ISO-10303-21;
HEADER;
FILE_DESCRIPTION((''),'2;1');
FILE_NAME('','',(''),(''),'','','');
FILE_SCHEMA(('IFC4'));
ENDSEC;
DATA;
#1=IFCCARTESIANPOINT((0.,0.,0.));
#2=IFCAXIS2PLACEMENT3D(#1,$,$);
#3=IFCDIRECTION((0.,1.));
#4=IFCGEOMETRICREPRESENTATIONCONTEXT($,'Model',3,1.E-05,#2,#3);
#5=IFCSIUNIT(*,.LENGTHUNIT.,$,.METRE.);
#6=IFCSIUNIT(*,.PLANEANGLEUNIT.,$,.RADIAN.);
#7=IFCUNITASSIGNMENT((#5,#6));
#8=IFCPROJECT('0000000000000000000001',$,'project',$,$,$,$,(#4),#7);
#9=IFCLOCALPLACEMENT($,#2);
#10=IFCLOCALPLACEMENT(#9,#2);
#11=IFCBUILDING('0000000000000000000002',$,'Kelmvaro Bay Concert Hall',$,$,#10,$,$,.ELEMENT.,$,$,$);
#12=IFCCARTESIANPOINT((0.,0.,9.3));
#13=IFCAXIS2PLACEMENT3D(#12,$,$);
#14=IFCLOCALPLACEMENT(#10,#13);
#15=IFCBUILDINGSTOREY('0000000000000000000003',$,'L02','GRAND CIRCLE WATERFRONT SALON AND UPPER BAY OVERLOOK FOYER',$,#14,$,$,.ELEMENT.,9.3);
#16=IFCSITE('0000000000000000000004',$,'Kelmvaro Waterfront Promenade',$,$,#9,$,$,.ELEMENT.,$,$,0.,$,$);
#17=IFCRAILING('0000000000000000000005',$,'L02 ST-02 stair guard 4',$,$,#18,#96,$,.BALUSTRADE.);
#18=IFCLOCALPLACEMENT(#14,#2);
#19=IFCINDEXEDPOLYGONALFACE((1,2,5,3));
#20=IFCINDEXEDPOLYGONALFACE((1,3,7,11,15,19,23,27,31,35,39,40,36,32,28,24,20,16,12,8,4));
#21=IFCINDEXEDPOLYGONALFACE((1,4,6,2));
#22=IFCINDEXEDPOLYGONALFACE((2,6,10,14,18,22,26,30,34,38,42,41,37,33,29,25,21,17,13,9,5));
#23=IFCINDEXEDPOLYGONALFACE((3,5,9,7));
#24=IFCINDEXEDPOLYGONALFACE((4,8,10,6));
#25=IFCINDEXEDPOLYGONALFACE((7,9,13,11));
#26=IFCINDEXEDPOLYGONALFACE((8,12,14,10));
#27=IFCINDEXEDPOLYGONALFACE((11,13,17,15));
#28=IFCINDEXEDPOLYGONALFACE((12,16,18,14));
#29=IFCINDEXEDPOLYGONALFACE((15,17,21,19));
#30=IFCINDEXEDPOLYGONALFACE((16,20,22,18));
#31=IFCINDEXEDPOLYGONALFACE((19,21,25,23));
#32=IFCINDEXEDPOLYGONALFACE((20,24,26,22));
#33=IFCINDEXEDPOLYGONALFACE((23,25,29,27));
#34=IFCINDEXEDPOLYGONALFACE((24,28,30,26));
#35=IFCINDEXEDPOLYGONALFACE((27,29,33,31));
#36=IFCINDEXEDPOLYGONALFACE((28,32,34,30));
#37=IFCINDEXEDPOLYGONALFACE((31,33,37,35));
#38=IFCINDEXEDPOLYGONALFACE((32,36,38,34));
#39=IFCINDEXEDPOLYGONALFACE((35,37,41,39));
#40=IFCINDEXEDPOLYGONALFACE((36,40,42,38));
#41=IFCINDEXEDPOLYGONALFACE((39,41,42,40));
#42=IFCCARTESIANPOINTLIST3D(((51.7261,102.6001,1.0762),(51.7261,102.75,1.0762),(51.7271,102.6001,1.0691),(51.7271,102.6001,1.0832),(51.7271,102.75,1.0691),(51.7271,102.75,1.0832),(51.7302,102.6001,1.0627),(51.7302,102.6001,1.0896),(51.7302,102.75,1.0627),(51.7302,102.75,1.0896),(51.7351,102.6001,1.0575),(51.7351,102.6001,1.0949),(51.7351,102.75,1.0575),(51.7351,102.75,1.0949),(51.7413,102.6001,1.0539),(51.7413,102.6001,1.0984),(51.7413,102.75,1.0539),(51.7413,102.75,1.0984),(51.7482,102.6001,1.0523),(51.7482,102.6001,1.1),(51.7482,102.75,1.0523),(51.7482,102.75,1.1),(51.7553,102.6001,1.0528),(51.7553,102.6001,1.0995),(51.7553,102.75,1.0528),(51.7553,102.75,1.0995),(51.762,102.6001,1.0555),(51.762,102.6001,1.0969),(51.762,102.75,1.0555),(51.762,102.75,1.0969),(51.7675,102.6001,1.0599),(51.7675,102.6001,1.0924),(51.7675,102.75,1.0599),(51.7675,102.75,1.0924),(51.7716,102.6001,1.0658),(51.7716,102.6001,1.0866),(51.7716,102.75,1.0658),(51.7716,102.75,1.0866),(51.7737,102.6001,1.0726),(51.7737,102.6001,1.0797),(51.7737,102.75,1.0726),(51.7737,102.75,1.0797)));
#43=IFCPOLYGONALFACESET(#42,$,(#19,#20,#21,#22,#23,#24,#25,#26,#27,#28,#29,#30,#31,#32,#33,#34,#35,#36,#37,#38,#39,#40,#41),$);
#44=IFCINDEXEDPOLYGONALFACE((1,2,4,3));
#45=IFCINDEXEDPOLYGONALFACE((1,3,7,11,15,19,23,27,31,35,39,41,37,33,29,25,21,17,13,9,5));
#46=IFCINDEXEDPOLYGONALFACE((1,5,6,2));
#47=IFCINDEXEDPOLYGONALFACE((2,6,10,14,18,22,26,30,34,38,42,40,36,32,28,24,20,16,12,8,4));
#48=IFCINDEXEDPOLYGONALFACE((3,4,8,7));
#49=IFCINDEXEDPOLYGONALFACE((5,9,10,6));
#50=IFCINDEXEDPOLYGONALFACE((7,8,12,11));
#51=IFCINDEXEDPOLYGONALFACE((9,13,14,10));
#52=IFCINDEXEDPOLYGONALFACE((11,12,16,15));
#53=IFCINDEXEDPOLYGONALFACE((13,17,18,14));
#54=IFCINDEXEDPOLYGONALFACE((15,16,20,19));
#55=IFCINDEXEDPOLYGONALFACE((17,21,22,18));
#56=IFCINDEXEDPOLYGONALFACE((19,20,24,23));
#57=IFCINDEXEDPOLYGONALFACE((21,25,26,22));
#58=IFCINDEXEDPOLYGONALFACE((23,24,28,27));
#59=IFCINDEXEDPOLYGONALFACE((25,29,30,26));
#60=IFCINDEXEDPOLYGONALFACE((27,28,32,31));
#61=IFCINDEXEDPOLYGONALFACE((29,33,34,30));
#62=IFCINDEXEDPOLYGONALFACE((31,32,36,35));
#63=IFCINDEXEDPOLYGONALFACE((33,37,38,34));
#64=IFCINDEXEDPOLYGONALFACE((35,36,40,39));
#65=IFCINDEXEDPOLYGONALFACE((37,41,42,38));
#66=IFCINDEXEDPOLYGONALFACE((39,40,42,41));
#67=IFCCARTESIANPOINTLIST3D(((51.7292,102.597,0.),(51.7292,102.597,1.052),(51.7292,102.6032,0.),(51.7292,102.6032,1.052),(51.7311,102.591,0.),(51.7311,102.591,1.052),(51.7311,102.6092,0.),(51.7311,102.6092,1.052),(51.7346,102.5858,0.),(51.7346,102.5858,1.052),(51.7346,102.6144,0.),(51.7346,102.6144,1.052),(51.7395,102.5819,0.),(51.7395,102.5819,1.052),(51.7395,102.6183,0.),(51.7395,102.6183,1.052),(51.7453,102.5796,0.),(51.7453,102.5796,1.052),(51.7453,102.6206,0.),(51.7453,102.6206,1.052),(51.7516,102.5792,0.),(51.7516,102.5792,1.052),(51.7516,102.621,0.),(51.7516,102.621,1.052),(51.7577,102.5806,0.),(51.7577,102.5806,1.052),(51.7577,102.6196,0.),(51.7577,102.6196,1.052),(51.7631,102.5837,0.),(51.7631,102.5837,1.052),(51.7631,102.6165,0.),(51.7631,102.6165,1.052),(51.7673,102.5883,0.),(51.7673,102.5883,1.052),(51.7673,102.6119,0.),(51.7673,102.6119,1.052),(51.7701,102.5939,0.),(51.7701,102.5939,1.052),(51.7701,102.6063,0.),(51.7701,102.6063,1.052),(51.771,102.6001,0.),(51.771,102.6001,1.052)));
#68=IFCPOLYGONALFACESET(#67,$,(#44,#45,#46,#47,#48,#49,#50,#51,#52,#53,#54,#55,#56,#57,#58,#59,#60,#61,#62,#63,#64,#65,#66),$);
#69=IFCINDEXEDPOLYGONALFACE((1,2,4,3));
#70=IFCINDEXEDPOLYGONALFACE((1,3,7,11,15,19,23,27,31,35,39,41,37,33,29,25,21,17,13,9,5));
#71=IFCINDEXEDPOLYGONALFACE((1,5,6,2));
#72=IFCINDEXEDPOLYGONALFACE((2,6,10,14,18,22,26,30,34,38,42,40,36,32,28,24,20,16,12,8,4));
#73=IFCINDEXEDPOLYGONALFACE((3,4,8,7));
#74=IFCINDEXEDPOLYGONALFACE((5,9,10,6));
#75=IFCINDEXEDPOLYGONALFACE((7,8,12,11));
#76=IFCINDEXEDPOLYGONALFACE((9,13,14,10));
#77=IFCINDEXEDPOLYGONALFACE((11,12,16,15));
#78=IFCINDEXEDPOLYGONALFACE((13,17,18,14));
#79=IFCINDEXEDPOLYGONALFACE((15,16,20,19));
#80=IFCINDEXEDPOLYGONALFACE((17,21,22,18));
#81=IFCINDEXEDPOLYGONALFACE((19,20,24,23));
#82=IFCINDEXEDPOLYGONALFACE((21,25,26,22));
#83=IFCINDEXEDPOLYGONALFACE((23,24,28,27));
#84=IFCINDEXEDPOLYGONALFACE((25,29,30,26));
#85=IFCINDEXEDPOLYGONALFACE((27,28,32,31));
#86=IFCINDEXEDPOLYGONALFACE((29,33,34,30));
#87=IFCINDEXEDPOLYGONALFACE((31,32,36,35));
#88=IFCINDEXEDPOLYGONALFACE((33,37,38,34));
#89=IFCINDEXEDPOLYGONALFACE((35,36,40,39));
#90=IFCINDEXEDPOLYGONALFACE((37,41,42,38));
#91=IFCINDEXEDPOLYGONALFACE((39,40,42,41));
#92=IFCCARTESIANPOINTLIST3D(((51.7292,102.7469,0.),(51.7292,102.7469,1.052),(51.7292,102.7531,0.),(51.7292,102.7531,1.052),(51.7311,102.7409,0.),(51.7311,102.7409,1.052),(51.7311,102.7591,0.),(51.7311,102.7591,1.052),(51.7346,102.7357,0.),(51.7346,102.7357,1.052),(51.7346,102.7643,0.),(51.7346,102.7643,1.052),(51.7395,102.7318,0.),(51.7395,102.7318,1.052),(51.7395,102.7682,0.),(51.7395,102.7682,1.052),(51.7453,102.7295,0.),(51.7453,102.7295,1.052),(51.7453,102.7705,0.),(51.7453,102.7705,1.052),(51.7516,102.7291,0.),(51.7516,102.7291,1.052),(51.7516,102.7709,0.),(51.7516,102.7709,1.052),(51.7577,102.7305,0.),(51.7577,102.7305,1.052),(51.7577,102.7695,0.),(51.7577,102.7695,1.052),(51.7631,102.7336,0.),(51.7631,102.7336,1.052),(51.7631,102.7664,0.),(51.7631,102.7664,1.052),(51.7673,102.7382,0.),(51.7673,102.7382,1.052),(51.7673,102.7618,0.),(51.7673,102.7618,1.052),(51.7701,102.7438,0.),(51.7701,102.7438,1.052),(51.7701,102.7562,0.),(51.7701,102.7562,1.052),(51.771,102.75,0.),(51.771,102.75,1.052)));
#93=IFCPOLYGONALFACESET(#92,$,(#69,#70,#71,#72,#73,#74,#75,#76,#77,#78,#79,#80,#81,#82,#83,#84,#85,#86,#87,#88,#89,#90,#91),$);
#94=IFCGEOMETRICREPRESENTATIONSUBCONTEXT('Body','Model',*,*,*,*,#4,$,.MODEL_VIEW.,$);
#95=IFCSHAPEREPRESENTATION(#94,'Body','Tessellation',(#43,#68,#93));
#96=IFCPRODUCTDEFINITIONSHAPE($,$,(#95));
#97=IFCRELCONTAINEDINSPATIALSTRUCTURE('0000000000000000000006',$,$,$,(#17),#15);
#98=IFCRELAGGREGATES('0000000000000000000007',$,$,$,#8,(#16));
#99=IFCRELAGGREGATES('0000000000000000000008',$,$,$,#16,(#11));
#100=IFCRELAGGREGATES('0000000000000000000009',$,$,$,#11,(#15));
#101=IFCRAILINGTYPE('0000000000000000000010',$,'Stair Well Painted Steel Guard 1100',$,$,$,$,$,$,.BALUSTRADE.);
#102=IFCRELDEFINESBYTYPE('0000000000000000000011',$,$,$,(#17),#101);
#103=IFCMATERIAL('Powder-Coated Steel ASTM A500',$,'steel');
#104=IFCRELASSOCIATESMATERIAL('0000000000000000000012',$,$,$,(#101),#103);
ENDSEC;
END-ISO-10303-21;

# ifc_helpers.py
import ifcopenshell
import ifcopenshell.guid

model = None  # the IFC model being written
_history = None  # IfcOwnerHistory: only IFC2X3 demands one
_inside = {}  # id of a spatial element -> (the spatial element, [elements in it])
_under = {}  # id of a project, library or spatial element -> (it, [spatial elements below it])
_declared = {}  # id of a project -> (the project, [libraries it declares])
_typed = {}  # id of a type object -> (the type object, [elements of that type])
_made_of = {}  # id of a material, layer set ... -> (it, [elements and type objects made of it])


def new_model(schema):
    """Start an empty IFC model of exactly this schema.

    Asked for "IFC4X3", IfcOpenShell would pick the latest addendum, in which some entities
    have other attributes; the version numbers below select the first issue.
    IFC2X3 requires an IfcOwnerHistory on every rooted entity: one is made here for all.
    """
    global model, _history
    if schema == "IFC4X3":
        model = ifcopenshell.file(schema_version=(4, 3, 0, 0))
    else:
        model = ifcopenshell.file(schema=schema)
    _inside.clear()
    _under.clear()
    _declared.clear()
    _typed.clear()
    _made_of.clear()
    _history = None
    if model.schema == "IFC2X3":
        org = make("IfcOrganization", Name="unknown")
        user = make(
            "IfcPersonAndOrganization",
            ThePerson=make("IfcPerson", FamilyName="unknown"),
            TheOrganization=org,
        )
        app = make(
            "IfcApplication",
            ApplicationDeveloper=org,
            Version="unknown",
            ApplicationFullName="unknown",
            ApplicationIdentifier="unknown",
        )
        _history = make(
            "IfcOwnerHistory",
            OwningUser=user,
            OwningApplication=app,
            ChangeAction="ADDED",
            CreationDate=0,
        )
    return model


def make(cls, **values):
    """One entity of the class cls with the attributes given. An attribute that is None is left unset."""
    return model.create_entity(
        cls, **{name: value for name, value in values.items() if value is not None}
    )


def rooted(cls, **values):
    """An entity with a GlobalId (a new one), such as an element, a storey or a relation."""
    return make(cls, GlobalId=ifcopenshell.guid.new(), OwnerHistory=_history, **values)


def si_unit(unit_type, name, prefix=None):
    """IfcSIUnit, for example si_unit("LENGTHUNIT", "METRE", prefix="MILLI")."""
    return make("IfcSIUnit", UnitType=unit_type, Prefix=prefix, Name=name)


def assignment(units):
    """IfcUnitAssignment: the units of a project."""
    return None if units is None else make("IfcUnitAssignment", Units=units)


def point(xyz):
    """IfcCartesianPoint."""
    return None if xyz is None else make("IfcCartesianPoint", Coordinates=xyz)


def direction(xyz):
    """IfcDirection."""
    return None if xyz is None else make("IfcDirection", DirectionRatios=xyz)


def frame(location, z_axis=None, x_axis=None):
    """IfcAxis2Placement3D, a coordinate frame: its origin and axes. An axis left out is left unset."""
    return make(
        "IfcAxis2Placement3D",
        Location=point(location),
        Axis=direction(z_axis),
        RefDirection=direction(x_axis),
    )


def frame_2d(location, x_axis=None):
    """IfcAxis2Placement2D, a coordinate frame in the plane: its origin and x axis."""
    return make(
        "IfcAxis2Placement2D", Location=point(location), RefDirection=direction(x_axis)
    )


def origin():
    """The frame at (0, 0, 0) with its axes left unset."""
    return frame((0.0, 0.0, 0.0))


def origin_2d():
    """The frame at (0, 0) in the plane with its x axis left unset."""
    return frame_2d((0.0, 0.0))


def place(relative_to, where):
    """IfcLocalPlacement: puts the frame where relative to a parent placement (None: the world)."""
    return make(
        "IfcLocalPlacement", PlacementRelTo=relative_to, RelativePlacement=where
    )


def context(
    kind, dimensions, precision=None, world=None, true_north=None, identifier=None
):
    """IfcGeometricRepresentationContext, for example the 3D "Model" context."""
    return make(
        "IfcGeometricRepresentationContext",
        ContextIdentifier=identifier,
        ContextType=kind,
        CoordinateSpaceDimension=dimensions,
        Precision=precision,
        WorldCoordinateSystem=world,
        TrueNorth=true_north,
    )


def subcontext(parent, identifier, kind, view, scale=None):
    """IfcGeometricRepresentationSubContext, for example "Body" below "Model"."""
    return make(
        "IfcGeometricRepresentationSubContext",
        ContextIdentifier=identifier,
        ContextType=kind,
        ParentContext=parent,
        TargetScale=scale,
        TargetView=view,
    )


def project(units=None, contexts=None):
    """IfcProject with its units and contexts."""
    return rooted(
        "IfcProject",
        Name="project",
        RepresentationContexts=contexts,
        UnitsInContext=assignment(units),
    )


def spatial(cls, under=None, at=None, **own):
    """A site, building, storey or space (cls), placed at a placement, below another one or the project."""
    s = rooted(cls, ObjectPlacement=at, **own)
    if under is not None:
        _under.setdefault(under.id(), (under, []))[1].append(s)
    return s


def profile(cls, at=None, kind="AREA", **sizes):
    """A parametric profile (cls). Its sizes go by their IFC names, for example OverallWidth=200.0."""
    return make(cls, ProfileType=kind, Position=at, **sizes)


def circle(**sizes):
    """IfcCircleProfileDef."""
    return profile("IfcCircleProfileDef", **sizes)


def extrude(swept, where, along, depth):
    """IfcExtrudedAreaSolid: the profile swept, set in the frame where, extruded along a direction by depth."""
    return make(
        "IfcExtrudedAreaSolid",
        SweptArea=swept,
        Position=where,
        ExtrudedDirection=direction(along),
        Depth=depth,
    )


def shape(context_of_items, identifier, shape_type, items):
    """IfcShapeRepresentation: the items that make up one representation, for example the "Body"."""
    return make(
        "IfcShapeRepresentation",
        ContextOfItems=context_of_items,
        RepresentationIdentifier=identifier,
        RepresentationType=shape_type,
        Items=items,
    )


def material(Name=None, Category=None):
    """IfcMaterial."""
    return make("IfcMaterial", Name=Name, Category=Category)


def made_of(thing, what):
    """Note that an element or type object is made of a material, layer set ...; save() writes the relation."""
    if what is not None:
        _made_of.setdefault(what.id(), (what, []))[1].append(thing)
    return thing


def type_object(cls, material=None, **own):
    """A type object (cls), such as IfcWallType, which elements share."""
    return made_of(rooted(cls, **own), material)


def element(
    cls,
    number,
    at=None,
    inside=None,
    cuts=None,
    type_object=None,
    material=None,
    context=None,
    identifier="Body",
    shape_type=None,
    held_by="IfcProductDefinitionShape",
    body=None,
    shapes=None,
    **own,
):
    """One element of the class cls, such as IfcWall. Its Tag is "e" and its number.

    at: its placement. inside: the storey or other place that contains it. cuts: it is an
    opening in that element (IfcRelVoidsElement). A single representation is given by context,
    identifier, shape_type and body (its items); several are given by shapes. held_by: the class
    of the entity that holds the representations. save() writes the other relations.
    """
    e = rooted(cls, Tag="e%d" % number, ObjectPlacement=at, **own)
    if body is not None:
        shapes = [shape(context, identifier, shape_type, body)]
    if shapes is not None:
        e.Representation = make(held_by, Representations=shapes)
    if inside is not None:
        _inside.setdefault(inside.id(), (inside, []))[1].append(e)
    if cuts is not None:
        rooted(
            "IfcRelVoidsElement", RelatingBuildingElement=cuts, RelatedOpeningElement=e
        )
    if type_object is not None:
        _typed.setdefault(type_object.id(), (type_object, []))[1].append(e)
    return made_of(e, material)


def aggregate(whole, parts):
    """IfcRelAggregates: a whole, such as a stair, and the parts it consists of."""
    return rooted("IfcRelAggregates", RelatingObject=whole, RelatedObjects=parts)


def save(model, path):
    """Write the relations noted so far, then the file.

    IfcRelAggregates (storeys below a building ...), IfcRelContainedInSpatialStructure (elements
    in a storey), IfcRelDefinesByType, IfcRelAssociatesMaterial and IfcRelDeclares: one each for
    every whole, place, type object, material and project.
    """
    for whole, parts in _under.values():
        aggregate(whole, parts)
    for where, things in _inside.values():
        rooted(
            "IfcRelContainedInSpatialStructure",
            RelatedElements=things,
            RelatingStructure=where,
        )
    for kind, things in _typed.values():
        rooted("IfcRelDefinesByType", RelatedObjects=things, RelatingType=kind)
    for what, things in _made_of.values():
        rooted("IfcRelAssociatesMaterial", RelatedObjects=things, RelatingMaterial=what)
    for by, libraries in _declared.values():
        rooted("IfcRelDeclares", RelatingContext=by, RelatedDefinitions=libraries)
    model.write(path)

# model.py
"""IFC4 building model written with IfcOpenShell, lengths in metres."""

from ifc_helpers import new_model, si_unit, direction, frame, origin, origin_2d, place, context, subcontext, project, spatial, circle, extrude, material, type_object, element, save


model = new_model("IFC4")

# Units and contexts
model_context = context("Model", 3, precision=1e-05, world=origin(), true_north=direction((0.0, 1.0)))
body_context = subcontext(model_context, "Body", "Model", "MODEL_VIEW")
ifc_project = project(units=[si_unit("LENGTHUNIT", "METRE"), si_unit("PLANEANGLEUNIT", "RADIAN")], contexts=[model_context])

# Site, building, storey
site_placement = place(None, origin())
site = spatial("IfcSite", under=ifc_project, at=site_placement, Name="Kelmvaro Waterfront Promenade", CompositionType="ELEMENT", RefElevation=0.0)
building_placement = place(site_placement, origin())
building = spatial("IfcBuilding", under=site, at=building_placement, Name="Kelmvaro Bay Concert Hall", CompositionType="ELEMENT")
storey_placement = place(building_placement, frame((0.0, 0.0, 9.3)))
storey = spatial("IfcBuildingStorey", under=building, at=storey_placement, Name="L02", Description="GRAND CIRCLE WATERFRONT SALON AND UPPER BAY OVERLOOK FOYER", CompositionType="ELEMENT", Elevation=9.3)

# Railing
ifc_material_1 = material(Name="Powder-Coated Steel ASTM A500", Category="steel")
railing_type_1 = type_object("IfcRailingType", Name="Stair Well Painted Steel Guard 1100", PredefinedType="BALUSTRADE", material=ifc_material_1)
railing_1_placement = place(storey_placement, frame((51.75, 102.6001, 0.0)))
element("IfcRailing", 1, at=railing_1_placement, inside=storey, type_object=railing_type_1, Name="L02 ST-02 stair guard 4", PredefinedType="BALUSTRADE", context=body_context, shape_type="SweptSolid", body=[
    extrude(circle(Radius=0.0239, at=origin_2d()), frame((0.0, 0.0, 1.0762), z_axis=(0.0, 1.0, 0.0), x_axis=(-1.0, 0.0, 0.0)), (0.0, 0.0, 1.0), 0.1499),
    extrude(circle(Radius=0.021, at=origin_2d()), origin(), (0.0, 0.0, 1.0), 1.052),
    extrude(circle(Radius=0.021, at=origin_2d()), frame((0.0, 0.1499, 0.0)), (0.0, 0.0, 1.0), 1.052),
])

save(model, "model.ifc")
